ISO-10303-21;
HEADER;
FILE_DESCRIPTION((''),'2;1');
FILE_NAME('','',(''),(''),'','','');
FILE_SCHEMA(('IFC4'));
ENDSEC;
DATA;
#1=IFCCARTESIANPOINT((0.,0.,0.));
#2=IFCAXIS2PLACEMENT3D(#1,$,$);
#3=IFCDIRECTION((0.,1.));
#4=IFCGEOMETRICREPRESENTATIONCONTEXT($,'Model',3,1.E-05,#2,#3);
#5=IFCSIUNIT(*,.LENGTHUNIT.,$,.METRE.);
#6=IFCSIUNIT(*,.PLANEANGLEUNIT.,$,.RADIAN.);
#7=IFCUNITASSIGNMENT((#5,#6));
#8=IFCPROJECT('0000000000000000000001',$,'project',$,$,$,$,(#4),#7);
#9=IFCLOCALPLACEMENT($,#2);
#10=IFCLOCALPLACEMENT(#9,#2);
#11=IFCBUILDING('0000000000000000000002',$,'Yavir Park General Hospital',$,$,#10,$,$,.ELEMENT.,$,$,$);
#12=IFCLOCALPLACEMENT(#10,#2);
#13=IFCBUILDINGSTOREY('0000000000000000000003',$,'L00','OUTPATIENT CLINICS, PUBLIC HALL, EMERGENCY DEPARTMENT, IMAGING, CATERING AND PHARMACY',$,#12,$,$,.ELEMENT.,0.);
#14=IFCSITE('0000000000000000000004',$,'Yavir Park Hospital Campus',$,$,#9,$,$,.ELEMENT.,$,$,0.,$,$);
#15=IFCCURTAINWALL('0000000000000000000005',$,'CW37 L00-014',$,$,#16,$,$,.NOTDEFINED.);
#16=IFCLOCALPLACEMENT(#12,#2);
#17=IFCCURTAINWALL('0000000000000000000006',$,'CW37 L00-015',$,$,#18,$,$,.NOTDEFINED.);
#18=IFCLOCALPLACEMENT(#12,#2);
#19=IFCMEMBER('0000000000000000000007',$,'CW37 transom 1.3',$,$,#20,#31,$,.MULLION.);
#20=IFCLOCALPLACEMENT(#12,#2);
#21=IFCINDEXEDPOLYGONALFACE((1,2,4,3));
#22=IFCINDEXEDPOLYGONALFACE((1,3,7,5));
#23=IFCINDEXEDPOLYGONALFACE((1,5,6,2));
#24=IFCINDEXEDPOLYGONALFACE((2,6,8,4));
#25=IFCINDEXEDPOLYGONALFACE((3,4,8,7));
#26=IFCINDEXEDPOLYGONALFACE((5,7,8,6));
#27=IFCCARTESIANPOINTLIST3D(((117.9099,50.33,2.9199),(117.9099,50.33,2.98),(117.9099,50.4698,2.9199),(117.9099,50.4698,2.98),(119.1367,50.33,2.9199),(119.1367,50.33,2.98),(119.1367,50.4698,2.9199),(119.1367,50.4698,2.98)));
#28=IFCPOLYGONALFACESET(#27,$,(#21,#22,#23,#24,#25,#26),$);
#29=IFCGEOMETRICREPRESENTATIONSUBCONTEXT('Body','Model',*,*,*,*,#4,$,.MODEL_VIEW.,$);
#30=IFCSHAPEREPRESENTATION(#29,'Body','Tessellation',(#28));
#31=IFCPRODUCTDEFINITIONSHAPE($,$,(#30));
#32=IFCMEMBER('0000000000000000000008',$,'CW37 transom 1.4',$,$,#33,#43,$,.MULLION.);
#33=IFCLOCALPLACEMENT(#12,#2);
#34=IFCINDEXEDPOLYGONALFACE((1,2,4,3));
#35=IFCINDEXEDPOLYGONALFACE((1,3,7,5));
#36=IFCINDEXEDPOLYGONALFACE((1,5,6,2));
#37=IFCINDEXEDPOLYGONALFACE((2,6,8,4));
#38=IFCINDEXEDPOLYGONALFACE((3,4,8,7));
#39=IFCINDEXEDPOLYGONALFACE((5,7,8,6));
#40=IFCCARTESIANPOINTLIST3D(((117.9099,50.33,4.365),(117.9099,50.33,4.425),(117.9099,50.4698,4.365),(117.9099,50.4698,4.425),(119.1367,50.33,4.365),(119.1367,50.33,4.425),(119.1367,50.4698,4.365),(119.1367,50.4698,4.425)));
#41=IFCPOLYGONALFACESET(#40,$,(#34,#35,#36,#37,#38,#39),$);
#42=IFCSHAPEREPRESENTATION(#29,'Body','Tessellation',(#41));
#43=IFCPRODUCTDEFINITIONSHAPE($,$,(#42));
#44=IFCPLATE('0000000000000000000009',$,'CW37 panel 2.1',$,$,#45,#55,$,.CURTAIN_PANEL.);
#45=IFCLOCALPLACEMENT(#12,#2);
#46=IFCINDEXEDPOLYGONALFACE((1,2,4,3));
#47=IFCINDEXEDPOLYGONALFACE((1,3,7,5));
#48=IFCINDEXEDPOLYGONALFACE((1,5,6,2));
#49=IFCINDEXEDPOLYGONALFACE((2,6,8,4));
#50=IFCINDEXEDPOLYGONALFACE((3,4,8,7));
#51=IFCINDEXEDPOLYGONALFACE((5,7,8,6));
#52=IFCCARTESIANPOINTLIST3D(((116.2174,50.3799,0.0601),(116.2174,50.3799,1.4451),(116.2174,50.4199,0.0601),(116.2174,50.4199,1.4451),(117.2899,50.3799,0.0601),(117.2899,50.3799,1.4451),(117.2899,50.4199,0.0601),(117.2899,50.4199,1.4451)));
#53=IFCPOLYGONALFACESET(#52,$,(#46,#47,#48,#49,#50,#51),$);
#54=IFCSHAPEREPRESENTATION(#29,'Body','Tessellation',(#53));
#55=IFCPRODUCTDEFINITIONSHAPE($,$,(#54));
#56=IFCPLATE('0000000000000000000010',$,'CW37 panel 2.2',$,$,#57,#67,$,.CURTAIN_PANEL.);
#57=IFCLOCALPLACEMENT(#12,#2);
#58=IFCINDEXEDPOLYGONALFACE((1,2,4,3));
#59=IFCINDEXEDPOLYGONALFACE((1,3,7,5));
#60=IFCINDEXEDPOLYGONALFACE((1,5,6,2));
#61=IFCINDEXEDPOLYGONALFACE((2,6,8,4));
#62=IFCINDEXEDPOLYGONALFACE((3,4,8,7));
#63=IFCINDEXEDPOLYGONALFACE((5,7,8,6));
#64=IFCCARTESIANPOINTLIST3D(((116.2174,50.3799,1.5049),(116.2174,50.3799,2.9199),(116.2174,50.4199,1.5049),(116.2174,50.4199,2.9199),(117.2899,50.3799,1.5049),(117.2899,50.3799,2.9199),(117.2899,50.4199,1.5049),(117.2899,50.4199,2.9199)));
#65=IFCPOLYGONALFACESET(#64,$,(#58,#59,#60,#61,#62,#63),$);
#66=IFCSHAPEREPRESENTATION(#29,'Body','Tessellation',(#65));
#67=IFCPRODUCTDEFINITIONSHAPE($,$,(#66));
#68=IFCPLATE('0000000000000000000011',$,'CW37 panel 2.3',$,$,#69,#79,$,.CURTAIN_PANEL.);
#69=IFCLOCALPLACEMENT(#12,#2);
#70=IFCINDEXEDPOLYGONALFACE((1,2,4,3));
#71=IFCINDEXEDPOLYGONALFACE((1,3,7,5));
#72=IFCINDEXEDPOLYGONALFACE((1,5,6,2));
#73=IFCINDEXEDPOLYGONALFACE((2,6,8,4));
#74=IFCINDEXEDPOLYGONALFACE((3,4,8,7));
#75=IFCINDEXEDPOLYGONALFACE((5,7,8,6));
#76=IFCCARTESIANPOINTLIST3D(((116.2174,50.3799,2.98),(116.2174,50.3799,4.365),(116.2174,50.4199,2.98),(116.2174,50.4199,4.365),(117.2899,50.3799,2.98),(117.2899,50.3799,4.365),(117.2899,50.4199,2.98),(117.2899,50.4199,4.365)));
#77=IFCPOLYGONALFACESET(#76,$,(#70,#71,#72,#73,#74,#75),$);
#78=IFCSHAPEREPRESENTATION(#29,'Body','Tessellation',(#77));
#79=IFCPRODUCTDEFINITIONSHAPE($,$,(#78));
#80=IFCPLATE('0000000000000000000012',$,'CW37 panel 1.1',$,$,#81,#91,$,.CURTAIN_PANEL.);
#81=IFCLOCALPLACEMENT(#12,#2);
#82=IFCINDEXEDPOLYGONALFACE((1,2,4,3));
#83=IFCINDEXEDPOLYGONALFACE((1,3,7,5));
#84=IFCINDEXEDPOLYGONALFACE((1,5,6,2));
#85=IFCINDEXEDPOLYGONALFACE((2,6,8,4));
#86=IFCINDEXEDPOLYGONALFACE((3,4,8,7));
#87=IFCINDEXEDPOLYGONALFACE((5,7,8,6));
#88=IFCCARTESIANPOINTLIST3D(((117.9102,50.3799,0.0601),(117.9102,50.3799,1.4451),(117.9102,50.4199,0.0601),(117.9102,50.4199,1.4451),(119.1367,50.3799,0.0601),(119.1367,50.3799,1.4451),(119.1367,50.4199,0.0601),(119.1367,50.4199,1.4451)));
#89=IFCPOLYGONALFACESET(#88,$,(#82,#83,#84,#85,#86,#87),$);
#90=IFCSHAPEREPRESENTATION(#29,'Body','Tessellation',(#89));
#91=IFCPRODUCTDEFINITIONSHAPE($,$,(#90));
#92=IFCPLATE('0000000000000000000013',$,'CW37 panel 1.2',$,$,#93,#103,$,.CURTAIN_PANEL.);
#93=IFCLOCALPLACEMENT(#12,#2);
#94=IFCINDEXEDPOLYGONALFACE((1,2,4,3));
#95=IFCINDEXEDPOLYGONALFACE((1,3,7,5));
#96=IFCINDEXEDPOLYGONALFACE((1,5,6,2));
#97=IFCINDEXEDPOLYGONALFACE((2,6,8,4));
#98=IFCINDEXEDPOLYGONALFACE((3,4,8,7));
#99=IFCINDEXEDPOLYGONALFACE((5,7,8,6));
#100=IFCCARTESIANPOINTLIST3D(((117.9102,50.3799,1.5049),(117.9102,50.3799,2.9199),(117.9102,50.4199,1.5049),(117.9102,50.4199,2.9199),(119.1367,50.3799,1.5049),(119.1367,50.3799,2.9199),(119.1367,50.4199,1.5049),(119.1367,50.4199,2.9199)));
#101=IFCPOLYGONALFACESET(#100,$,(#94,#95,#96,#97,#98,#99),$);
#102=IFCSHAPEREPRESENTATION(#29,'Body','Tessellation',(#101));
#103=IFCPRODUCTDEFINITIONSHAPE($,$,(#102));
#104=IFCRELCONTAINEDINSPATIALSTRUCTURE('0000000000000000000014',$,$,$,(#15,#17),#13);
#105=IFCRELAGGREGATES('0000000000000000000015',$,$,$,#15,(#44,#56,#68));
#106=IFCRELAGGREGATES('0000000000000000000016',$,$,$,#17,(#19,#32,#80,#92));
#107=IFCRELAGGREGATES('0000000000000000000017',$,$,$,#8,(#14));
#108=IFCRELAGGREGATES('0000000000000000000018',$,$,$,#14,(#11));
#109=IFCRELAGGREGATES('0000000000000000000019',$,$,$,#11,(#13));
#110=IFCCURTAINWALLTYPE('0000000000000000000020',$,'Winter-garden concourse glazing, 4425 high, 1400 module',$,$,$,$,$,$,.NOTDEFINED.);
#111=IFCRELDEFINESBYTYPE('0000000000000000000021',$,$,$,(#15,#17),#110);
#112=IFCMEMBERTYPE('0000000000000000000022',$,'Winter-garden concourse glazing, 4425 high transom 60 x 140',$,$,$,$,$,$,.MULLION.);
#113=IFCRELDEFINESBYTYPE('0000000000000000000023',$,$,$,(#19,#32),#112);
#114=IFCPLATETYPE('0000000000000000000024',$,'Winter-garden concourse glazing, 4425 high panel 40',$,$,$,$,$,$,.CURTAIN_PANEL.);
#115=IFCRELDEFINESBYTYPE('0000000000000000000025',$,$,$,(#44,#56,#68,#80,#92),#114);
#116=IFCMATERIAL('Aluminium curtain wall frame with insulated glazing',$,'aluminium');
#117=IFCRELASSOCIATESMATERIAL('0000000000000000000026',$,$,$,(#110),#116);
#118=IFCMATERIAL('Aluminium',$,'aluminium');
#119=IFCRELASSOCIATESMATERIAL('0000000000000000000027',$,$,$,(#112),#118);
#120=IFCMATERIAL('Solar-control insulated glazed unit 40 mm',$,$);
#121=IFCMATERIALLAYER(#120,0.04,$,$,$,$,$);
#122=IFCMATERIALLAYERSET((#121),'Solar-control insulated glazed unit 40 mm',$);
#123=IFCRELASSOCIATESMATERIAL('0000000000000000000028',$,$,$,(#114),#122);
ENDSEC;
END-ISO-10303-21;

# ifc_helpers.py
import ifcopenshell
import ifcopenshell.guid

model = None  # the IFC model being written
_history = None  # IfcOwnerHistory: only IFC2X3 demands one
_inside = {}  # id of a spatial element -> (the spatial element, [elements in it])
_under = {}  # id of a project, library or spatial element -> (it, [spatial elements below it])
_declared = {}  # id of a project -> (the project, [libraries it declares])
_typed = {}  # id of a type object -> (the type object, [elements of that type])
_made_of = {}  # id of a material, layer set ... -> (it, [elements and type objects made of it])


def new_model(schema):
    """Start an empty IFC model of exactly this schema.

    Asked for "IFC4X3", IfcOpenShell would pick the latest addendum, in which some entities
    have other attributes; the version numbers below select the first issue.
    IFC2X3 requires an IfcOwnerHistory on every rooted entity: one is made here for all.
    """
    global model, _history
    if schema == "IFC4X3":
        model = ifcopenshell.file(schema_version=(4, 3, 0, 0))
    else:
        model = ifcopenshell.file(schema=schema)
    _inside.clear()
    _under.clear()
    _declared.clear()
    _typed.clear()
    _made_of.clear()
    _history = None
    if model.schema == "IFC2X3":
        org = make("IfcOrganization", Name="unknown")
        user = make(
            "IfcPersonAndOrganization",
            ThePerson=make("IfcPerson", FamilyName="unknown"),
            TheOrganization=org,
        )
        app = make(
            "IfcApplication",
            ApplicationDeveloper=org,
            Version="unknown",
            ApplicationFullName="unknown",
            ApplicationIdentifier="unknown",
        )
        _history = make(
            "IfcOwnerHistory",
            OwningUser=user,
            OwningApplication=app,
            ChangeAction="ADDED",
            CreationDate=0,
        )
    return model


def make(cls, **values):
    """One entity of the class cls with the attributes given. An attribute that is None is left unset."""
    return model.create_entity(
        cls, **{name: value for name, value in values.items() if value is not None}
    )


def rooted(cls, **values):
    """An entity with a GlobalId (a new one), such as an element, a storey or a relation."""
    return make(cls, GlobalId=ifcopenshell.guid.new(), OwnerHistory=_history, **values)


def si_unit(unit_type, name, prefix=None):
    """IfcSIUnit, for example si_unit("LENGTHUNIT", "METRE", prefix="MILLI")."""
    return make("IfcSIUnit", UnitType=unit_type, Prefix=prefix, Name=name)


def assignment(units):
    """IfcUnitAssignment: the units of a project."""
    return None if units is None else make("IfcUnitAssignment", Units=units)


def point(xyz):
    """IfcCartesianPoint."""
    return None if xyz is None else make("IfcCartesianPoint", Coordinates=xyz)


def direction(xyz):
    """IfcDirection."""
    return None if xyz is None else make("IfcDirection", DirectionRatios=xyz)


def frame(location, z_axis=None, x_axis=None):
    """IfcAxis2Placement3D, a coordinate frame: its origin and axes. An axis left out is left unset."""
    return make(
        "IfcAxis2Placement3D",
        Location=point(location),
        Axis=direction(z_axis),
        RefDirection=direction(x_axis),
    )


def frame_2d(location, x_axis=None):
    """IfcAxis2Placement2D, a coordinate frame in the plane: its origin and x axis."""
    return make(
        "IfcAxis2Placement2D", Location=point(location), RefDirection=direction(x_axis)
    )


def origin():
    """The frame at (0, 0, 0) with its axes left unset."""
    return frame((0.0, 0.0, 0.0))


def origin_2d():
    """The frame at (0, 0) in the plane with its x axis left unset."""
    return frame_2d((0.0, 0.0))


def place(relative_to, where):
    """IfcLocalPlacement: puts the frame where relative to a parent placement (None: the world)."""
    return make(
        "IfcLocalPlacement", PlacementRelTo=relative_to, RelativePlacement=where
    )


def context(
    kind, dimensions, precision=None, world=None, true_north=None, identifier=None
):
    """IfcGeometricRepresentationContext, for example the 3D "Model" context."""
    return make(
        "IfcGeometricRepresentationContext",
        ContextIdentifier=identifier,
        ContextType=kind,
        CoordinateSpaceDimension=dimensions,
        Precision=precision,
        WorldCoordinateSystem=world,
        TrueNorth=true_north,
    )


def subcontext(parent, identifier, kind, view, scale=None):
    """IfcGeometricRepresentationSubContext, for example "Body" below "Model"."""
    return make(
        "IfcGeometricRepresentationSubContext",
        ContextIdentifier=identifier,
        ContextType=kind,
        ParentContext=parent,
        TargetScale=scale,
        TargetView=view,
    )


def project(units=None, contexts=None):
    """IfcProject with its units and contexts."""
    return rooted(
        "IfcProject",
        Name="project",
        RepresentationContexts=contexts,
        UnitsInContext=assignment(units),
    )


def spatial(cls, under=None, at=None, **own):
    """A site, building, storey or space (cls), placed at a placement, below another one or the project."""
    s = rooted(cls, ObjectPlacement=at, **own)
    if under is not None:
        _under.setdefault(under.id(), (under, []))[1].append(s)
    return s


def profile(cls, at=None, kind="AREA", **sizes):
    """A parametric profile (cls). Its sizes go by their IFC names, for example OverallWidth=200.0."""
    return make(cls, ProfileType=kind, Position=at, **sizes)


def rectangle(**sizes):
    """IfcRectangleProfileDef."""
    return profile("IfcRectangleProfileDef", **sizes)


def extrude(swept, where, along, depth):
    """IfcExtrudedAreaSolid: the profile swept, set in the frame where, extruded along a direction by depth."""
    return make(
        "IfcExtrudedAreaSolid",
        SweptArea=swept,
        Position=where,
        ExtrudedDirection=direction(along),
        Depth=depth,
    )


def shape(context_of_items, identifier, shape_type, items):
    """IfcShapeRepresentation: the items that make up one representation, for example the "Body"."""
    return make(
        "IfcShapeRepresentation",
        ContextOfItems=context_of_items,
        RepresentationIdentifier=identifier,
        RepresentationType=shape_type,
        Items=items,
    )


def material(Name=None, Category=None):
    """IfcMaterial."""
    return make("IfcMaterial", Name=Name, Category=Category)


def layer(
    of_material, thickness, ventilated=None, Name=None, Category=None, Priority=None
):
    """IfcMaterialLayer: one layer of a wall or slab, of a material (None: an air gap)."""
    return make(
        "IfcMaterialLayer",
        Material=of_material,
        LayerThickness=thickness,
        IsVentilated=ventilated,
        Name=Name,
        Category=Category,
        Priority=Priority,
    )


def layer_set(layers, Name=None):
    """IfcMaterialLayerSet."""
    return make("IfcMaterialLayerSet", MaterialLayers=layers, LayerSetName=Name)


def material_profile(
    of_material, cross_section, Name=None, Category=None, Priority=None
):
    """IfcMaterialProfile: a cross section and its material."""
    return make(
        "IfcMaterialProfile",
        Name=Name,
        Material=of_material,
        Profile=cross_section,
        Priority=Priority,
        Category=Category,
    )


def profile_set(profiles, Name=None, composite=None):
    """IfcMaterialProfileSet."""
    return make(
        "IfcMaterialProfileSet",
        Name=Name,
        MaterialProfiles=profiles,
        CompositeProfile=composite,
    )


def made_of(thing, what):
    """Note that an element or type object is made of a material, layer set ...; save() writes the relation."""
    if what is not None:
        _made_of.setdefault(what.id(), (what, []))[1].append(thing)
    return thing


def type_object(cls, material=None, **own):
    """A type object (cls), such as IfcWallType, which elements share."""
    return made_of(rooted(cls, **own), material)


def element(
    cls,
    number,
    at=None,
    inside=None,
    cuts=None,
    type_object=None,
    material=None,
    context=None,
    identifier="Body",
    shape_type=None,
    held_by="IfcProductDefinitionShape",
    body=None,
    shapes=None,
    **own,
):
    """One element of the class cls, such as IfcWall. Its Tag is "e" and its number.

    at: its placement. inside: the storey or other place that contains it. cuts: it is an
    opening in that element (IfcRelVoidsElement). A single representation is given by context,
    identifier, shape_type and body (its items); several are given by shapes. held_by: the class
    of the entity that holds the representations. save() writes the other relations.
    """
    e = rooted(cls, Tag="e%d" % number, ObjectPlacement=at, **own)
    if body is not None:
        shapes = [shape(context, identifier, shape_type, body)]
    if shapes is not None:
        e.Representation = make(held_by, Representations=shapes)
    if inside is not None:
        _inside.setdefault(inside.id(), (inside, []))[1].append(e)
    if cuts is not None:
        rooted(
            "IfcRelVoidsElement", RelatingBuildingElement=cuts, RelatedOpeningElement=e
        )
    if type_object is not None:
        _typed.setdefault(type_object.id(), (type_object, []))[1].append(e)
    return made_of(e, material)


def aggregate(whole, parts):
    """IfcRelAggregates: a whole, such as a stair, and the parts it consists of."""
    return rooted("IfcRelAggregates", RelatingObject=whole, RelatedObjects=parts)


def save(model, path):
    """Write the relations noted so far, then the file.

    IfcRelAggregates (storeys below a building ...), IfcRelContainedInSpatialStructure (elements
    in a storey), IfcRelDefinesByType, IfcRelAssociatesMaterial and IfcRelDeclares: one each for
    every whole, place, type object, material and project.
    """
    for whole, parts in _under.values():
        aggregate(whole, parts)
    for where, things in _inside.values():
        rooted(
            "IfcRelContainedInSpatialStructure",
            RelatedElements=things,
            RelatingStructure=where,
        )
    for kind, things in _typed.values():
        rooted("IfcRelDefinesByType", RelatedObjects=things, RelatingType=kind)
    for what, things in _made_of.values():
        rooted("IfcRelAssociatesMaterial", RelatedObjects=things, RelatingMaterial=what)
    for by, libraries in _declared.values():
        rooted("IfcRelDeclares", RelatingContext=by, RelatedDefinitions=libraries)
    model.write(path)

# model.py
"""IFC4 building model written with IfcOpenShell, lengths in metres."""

from ifc_helpers import new_model, si_unit, direction, frame, origin, origin_2d, place, context, subcontext, project, spatial, rectangle, extrude, material, layer, layer_set, material_profile, profile_set, type_object, element, aggregate, save


model = new_model("IFC4")

# Units and contexts
model_context = context("Model", 3, precision=1e-05, world=origin(), true_north=direction((0.0, 1.0)))
body_context = subcontext(model_context, "Body", "Model", "MODEL_VIEW")
ifc_project = project(units=[si_unit("LENGTHUNIT", "METRE"), si_unit("PLANEANGLEUNIT", "RADIAN")], contexts=[model_context])

# Site, building, storey
site_placement = place(None, origin())
site = spatial("IfcSite", under=ifc_project, at=site_placement, Name="Yavir Park Hospital Campus", CompositionType="ELEMENT", RefElevation=0.0)
building_placement = place(site_placement, origin())
building = spatial("IfcBuilding", under=site, at=building_placement, Name="Yavir Park General Hospital", CompositionType="ELEMENT")
storey_placement = place(building_placement, origin())
storey = spatial("IfcBuildingStorey", under=building, at=storey_placement, Name="L00", Description="OUTPATIENT CLINICS, PUBLIC HALL, EMERGENCY DEPARTMENT, IMAGING, CATERING AND PHARMACY", CompositionType="ELEMENT", Elevation=0.0)

# Curtain wall
ifc_material_1 = material(Name="Aluminium curtain wall frame with insulated glazing", Category="aluminium")
curtain_wall_type = type_object("IfcCurtainWallType", Name="Winter-garden concourse glazing, 4425 high, 1400 module", PredefinedType="NOTDEFINED", material=ifc_material_1)
curtain_wall_1_placement = place(storey_placement, origin())
curtain_wall_1 = element("IfcCurtainWall", 1, at=curtain_wall_1_placement, inside=storey, type_object=curtain_wall_type, Name="CW37 L00-014", PredefinedType="NOTDEFINED")

# Curtain wall
curtain_wall_2_placement = place(storey_placement, origin())
curtain_wall_2 = element("IfcCurtainWall", 2, at=curtain_wall_2_placement, inside=storey, type_object=curtain_wall_type, Name="CW37 L00-015", PredefinedType="NOTDEFINED")

# Members
ifc_material_2 = material(Name="Aluminium", Category="aluminium")
ifc_material_profile_1 = material_profile(ifc_material_2, rectangle(XDim=0.1399, YDim=0.0601, at=origin_2d()), Name="AL 140x60")
ifc_profile_set_1 = profile_set([ifc_material_profile_1], Name="Aluminium")
member_type_1 = type_object("IfcMemberType", Name="Winter-garden concourse glazing, 4425 high transom 60 x 140", PredefinedType="MULLION", material=ifc_profile_set_1)
member_1_placement = place(storey_placement, frame((117.9099, 50.3999, 2.95), z_axis=(1.0, 0.0, 0.0), x_axis=(0.0, 1.0, 0.0)))
member_1 = element("IfcMember", 3, at=member_1_placement, type_object=member_type_1, Name="CW37 transom 1.3", PredefinedType="MULLION", context=body_context, shape_type="SweptSolid", body=[
    extrude(rectangle(XDim=0.1399, YDim=0.0601, at=origin_2d()), origin(), (0.0, 0.0, 1.0), 1.2268),
])
member_2_placement = place(storey_placement, frame((117.9099, 50.3999, 4.395), z_axis=(1.0, 0.0, 0.0), x_axis=(0.0, 1.0, 0.0)))
member_2 = element("IfcMember", 4, at=member_2_placement, type_object=member_type_1, Name="CW37 transom 1.4", PredefinedType="MULLION", context=body_context, shape_type="SweptSolid", body=[
    extrude(rectangle(XDim=0.1399, YDim=0.0601, at=origin_2d()), origin(), (0.0, 0.0, 1.0), 1.2268),
])

# Plates
ifc_material_3 = material(Name="Solar-control insulated glazed unit 40 mm")
ifc_layer = layer(ifc_material_3, 0.04)
ifc_layer_set = layer_set([ifc_layer], Name="Solar-control insulated glazed unit 40 mm")
plate_type = type_object("IfcPlateType", Name="Winter-garden concourse glazing, 4425 high panel 40", PredefinedType="CURTAIN_PANEL", material=ifc_layer_set)
plate_1_placement = place(storey_placement, frame((116.7537, 50.3999, 0.0601), z_axis=(0.0, 0.0, 1.0), x_axis=(1.0, 0.0, 0.0)))
plate_1 = element("IfcPlate", 5, at=plate_1_placement, type_object=plate_type, Name="CW37 panel 2.1", PredefinedType="CURTAIN_PANEL", context=body_context, shape_type="SweptSolid", body=[
    extrude(rectangle(XDim=1.0725, YDim=0.04, at=origin_2d()), origin(), (0.0, 0.0, 1.0), 1.385),
])
plate_2_placement = place(storey_placement, frame((116.7537, 50.3999, 1.5049), z_axis=(0.0, 0.0, 1.0), x_axis=(1.0, 0.0, 0.0)))
plate_2 = element("IfcPlate", 6, at=plate_2_placement, type_object=plate_type, Name="CW37 panel 2.2", PredefinedType="CURTAIN_PANEL", context=body_context, shape_type="SweptSolid", body=[
    extrude(rectangle(XDim=1.0725, YDim=0.04, at=origin_2d()), origin(), (0.0, 0.0, 1.0), 1.415),
])
plate_3_placement = place(storey_placement, frame((116.7537, 50.3999, 2.98), z_axis=(0.0, 0.0, 1.0), x_axis=(1.0, 0.0, 0.0)))
plate_3 = element("IfcPlate", 7, at=plate_3_placement, type_object=plate_type, Name="CW37 panel 2.3", PredefinedType="CURTAIN_PANEL", context=body_context, shape_type="SweptSolid", body=[
    extrude(rectangle(XDim=1.0725, YDim=0.04, at=origin_2d()), origin(), (0.0, 0.0, 1.0), 1.385),
])
aggregate(curtain_wall_1, [plate_1, plate_2, plate_3])
plate_4_placement = place(storey_placement, frame((118.5234, 50.3999, 0.0601), z_axis=(0.0, 0.0, 1.0), x_axis=(1.0, 0.0, 0.0)))
plate_4 = element("IfcPlate", 8, at=plate_4_placement, type_object=plate_type, Name="CW37 panel 1.1", PredefinedType="CURTAIN_PANEL", context=body_context, shape_type="SweptSolid", body=[
    extrude(rectangle(XDim=1.2266, YDim=0.04, at=origin_2d()), origin(), (0.0, 0.0, 1.0), 1.385),
])
plate_5_placement = place(storey_placement, frame((118.5234, 50.3999, 1.5049), z_axis=(0.0, 0.0, 1.0), x_axis=(1.0, 0.0, 0.0)))
plate_5 = element("IfcPlate", 9, at=plate_5_placement, type_object=plate_type, Name="CW37 panel 1.2", PredefinedType="CURTAIN_PANEL", context=body_context, shape_type="SweptSolid", body=[
    extrude(rectangle(XDim=1.2266, YDim=0.04, at=origin_2d()), origin(), (0.0, 0.0, 1.0), 1.415),
])
aggregate(curtain_wall_2, [member_1, member_2, plate_4, plate_5])

save(model, "model.ifc")
